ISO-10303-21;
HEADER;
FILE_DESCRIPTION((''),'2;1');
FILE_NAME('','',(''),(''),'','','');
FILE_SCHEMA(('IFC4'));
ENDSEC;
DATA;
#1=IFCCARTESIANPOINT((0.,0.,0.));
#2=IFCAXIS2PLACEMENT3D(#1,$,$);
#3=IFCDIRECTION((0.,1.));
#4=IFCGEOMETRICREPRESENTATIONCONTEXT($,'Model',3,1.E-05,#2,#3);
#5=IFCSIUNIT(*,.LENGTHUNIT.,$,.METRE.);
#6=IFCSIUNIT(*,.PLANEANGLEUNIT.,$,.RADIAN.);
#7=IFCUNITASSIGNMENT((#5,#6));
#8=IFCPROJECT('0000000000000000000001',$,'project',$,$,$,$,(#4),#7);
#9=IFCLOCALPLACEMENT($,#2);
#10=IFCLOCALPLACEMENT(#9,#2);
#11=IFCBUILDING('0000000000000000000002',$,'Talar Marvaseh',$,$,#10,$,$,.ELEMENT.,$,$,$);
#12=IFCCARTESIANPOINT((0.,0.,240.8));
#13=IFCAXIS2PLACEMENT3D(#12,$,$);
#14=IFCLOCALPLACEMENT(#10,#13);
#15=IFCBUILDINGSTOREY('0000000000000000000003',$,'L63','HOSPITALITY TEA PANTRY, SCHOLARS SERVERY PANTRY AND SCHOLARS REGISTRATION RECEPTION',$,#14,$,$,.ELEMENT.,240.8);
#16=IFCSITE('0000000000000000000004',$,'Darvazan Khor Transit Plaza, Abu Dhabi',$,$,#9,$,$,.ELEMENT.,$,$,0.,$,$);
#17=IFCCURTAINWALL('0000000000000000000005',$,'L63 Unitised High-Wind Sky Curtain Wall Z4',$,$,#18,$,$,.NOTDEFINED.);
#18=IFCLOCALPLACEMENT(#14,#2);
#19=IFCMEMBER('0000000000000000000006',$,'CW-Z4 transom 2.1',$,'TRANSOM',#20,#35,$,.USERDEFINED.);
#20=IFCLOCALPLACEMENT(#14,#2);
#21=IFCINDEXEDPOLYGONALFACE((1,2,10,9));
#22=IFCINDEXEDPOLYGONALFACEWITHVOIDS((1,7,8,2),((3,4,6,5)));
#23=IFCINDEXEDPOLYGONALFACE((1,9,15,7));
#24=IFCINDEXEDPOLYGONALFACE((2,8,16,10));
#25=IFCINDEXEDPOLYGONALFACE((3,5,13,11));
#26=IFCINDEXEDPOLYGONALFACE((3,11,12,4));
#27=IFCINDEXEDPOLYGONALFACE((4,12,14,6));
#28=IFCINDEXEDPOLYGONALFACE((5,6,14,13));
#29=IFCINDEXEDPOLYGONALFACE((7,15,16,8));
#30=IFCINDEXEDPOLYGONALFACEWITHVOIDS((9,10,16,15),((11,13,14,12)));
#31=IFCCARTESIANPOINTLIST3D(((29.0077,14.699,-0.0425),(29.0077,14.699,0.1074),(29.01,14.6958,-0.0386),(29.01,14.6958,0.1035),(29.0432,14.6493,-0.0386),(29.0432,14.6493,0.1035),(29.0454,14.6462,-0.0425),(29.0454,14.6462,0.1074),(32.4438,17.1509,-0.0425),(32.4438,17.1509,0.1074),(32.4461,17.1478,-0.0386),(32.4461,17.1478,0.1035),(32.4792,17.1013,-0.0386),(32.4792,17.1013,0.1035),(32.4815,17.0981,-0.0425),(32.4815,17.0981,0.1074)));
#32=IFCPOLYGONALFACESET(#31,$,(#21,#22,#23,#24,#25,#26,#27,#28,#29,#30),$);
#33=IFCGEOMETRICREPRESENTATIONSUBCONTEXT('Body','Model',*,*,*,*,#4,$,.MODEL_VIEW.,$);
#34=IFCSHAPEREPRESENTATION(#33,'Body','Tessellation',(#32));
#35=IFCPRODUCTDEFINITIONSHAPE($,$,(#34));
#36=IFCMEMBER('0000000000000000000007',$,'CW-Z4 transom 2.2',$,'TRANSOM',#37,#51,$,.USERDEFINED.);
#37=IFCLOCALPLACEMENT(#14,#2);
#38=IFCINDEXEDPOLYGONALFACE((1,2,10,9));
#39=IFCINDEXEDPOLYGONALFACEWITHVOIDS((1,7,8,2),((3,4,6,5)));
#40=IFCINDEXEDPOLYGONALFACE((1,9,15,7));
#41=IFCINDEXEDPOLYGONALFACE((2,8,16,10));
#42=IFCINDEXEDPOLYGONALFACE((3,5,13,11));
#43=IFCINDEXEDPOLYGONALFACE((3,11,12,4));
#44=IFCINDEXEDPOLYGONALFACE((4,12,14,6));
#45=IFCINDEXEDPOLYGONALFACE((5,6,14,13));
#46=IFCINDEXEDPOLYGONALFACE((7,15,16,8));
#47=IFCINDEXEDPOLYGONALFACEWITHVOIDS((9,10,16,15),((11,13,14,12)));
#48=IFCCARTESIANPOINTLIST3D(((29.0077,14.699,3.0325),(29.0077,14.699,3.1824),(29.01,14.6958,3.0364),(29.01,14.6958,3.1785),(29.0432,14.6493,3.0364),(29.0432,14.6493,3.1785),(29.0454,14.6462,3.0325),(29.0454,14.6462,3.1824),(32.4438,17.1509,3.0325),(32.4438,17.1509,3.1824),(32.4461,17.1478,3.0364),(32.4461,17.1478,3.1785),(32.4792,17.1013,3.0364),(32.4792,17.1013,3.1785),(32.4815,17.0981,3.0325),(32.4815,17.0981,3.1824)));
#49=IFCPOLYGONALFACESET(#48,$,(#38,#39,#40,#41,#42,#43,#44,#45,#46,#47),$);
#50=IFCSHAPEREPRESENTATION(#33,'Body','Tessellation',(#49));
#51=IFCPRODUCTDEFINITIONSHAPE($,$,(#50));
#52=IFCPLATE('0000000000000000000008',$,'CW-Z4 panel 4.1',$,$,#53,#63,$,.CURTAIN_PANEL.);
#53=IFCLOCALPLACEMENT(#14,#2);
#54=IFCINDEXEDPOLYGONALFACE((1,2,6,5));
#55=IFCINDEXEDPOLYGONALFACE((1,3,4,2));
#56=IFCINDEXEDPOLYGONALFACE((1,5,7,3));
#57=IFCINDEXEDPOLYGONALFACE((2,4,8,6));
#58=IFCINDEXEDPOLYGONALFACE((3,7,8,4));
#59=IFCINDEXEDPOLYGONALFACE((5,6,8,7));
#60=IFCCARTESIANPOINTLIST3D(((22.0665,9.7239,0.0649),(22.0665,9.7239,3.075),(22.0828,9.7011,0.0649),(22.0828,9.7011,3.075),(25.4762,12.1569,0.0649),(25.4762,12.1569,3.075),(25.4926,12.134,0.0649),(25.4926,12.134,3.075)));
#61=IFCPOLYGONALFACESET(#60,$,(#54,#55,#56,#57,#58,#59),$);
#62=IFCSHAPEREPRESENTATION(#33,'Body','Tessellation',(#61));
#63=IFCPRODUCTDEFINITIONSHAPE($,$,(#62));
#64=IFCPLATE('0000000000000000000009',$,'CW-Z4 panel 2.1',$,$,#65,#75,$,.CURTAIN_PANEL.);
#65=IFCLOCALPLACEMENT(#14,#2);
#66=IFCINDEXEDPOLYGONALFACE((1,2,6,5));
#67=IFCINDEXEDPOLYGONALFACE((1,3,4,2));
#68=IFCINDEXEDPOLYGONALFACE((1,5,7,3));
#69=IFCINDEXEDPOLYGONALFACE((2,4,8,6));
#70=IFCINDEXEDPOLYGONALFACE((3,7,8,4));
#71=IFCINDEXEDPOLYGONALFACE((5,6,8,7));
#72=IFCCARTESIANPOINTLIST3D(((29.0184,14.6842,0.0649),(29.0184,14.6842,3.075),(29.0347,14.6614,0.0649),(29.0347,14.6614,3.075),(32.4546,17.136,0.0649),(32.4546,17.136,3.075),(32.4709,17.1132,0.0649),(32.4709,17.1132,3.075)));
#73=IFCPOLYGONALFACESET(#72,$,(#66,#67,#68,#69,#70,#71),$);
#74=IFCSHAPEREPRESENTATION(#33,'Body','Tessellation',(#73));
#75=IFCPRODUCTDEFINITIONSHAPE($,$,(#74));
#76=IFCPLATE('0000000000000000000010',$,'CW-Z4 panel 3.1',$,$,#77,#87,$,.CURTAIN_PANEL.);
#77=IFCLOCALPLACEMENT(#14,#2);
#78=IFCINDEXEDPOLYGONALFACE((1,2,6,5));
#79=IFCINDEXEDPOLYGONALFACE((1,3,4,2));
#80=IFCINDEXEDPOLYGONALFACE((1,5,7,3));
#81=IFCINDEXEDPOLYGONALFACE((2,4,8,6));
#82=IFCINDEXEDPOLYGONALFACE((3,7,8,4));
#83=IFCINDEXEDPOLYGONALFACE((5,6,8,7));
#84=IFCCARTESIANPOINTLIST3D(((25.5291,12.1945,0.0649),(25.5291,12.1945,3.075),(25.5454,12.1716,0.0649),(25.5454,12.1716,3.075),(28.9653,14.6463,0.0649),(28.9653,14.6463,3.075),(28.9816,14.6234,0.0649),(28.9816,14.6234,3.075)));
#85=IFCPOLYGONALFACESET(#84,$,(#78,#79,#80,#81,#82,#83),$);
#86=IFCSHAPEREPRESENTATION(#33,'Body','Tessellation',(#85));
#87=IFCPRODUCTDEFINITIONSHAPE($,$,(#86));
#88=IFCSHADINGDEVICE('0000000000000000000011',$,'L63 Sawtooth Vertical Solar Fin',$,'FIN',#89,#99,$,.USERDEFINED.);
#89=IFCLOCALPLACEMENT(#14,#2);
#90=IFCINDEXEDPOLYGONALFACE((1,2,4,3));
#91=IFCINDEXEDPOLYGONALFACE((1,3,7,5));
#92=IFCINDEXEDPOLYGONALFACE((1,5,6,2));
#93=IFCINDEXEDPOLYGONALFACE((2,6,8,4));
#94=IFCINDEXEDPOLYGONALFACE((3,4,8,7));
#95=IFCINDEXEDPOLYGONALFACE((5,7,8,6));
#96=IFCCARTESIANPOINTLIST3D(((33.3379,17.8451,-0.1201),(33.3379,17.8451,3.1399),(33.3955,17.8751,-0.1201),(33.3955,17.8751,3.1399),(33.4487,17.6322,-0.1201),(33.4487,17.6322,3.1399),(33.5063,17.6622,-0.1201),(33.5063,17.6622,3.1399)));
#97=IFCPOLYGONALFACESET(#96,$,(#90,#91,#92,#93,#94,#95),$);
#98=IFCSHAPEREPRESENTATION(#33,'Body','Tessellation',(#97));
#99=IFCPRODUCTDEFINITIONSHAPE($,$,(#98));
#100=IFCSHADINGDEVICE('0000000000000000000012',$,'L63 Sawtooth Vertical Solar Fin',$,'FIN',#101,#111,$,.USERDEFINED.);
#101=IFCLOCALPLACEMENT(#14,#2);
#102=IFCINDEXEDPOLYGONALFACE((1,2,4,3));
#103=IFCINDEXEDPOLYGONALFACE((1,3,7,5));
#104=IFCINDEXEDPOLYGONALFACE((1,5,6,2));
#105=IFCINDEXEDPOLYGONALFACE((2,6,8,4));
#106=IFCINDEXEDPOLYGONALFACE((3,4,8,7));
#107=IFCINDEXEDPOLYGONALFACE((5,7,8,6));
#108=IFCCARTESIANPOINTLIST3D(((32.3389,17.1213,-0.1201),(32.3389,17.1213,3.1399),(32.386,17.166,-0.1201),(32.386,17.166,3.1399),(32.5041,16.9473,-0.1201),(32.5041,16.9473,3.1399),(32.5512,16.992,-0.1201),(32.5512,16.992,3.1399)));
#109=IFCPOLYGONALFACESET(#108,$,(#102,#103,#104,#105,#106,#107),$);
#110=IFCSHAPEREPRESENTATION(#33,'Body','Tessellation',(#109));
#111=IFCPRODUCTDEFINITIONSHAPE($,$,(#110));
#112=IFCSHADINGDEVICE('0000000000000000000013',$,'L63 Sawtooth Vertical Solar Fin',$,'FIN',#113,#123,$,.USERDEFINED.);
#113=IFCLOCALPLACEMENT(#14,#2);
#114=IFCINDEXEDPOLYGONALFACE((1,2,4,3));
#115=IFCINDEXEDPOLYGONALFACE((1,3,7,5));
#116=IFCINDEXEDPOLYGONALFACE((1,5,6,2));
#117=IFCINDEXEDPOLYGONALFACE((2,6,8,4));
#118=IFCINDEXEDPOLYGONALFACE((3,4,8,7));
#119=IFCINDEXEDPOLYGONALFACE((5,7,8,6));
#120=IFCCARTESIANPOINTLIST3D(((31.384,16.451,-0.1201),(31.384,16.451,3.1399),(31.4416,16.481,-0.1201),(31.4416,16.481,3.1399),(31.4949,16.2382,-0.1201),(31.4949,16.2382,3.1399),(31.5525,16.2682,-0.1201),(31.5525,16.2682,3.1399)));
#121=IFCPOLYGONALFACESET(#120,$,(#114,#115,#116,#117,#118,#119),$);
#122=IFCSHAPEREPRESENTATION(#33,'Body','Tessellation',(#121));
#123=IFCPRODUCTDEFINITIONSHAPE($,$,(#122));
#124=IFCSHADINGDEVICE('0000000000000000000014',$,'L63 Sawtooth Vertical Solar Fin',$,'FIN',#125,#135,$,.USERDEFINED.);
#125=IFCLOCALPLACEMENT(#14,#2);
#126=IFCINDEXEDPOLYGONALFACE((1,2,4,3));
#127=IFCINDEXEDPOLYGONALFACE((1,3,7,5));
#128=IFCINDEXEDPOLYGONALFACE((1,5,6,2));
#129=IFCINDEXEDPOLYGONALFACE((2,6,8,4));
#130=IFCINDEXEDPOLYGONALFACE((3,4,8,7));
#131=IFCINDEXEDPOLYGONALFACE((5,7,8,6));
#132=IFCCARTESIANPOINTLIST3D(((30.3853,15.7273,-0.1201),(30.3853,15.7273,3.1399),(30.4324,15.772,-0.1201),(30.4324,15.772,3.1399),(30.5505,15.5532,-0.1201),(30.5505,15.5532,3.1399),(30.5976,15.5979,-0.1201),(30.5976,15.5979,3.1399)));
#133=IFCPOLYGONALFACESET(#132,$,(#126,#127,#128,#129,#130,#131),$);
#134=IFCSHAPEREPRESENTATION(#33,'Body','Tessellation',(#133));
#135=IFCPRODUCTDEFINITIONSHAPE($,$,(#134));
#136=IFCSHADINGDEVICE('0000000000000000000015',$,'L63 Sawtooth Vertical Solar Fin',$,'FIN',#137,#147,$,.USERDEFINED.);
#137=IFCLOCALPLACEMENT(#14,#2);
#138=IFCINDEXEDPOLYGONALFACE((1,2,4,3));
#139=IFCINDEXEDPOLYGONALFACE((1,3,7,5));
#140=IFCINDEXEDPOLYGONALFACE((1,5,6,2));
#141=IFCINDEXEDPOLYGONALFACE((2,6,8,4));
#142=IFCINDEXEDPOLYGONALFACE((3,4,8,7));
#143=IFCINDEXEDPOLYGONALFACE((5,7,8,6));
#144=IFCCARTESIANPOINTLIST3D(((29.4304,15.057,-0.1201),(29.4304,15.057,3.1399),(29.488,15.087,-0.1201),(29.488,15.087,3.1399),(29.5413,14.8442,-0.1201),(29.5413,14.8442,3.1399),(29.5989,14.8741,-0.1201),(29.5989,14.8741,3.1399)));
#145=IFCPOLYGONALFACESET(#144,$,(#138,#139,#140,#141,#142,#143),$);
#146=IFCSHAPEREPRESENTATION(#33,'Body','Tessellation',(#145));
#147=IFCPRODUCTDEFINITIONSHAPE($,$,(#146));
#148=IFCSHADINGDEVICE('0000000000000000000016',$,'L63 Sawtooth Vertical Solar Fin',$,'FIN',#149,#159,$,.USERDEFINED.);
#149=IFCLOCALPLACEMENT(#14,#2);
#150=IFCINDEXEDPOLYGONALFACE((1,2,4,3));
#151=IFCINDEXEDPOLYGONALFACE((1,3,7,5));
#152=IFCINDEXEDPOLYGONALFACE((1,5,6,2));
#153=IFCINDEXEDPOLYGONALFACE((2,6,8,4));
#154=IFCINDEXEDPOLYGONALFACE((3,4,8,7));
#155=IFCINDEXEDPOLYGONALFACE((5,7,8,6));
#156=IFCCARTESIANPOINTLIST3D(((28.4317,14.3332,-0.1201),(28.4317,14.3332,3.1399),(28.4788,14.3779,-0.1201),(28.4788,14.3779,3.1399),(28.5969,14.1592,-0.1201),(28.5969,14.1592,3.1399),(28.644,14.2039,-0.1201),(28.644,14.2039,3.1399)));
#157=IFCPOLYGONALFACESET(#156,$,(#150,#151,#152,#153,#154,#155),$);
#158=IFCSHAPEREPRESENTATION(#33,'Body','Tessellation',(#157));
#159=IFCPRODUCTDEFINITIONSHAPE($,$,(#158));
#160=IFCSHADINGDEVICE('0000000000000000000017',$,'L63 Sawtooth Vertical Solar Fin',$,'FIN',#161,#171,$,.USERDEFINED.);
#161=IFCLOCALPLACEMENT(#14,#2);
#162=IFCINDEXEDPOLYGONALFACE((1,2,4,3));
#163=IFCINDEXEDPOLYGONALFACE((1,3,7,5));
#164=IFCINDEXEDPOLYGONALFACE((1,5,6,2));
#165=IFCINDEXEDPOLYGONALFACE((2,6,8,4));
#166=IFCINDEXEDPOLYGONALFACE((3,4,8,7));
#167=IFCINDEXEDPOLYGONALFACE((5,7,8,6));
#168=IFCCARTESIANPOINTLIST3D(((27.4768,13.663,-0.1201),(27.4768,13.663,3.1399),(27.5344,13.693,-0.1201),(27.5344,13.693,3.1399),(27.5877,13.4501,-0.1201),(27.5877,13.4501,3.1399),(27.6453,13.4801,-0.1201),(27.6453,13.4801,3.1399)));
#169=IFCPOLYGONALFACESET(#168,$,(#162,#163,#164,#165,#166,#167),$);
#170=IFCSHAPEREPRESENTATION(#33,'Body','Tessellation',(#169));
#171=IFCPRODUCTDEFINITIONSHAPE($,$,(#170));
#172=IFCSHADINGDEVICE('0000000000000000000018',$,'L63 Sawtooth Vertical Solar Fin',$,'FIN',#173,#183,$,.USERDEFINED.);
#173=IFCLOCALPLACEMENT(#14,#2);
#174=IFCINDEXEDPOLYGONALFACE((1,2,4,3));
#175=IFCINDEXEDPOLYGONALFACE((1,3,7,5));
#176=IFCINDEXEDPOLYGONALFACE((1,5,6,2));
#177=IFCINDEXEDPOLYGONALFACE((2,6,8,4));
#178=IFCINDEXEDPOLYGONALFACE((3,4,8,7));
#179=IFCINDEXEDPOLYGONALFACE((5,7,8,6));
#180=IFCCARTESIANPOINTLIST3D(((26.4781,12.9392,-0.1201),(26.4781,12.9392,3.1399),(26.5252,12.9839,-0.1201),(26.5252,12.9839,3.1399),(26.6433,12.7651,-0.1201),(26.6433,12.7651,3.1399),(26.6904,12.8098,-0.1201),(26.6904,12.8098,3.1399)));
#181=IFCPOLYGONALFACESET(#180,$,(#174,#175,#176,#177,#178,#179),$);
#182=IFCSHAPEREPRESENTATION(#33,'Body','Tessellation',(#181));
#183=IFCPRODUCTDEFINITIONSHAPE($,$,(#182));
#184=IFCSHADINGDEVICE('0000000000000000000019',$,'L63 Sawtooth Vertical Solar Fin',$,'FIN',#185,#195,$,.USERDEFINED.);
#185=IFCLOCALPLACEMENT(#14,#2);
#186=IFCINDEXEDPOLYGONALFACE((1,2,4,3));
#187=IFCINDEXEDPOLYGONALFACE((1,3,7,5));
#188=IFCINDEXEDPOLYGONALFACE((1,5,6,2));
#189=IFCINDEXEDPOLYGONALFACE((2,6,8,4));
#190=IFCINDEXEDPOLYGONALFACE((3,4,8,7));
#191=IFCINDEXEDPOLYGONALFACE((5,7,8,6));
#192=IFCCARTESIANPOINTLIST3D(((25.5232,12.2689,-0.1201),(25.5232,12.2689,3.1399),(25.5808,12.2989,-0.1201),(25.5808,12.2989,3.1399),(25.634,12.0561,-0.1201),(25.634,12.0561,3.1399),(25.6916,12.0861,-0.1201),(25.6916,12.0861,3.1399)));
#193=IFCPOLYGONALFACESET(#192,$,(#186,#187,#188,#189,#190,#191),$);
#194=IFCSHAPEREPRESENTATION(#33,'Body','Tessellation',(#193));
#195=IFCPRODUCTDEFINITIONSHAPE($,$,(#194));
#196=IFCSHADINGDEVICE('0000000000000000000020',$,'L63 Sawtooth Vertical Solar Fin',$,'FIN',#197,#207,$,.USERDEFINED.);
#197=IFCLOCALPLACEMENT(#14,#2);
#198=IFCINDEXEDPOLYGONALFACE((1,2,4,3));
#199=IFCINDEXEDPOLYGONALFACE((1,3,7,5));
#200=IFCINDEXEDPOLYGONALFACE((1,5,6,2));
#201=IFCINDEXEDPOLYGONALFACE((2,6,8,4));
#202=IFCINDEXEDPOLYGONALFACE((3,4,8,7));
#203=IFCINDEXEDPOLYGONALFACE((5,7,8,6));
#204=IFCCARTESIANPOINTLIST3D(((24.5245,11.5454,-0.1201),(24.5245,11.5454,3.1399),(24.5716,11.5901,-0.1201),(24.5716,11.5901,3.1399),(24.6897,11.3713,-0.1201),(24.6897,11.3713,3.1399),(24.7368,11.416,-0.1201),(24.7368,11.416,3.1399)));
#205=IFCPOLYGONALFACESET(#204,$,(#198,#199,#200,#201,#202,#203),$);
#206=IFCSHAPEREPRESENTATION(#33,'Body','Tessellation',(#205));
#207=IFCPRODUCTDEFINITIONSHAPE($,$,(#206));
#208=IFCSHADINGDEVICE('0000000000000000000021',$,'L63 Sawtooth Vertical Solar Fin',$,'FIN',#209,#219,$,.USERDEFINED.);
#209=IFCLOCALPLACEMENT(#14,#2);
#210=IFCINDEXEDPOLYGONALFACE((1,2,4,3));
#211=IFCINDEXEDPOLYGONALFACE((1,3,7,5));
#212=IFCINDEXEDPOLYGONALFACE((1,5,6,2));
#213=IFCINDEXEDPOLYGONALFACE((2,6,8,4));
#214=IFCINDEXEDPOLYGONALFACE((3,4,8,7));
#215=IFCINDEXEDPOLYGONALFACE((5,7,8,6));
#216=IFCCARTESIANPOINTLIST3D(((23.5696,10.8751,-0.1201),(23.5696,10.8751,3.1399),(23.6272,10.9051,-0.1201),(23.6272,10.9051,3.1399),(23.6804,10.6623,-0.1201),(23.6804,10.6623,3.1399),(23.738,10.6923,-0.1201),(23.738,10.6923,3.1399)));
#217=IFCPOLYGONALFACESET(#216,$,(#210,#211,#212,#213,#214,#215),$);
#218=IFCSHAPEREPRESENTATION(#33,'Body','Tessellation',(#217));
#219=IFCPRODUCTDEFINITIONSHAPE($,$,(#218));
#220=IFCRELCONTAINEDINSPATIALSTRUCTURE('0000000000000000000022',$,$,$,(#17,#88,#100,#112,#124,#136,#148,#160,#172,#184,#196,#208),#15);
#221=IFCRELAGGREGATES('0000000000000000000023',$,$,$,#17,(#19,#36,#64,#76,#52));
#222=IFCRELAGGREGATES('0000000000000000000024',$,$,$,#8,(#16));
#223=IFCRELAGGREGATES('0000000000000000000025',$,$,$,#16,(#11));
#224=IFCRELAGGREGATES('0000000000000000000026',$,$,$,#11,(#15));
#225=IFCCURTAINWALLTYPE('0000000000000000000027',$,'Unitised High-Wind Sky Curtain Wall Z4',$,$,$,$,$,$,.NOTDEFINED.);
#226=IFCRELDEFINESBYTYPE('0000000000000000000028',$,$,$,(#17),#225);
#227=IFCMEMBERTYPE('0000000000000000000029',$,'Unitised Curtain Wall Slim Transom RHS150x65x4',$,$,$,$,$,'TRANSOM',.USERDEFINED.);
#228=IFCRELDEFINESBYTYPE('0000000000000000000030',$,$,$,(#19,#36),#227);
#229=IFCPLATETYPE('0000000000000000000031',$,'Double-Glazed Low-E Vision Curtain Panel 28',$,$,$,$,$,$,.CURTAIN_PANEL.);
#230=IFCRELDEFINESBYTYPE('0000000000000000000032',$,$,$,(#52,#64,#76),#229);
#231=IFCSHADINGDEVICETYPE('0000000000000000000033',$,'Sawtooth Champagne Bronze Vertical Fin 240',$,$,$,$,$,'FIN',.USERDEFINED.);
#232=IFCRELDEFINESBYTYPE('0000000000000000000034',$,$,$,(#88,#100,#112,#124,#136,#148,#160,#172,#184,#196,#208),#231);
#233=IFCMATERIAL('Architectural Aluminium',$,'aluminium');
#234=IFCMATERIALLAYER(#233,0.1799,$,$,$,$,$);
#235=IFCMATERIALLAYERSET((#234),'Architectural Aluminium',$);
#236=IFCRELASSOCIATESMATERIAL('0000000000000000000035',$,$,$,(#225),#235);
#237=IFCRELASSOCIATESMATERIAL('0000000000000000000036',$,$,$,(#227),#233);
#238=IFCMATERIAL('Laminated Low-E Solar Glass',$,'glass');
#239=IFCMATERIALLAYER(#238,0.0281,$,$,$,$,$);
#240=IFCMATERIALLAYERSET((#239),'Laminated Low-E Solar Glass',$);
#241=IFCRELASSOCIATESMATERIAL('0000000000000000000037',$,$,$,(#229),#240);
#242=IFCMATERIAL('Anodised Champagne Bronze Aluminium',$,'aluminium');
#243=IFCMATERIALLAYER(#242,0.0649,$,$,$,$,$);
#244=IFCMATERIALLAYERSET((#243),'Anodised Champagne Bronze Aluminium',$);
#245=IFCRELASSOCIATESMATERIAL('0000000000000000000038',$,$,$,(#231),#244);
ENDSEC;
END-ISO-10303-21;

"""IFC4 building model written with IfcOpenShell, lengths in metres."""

from ifc_helpers import new_model, si_unit, direction, frame, origin, origin_2d, place, context, subcontext, project, spatial, rectangle, hollow_rectangle, extrude, source, transform, mapped, material, layer, layer_set, material_profile, profile_set, type_object, type_shapes, element, aggregate, save


model = new_model("IFC4")

# Units and contexts
model_context = context("Model", 3, precision=1e-05, world=origin(), true_north=direction((0.0, 1.0)))
body_context = subcontext(model_context, "Body", "Model", "MODEL_VIEW")
ifc_project = project(units=[si_unit("LENGTHUNIT", "METRE"), si_unit("PLANEANGLEUNIT", "RADIAN")], contexts=[model_context])

# Site, building, storey
site_placement = place(None, origin())
site = spatial("IfcSite", under=ifc_project, at=site_placement, Name="Darvazan Khor Transit Plaza, Abu Dhabi", CompositionType="ELEMENT", RefElevation=0.0)
building_placement = place(site_placement, origin())
building = spatial("IfcBuilding", under=site, at=building_placement, Name="Talar Marvaseh", CompositionType="ELEMENT")
storey_placement = place(building_placement, frame((0.0, 0.0, 240.8)))
storey = spatial("IfcBuildingStorey", under=building, at=storey_placement, Name="L63", Description="HOSPITALITY TEA PANTRY, SCHOLARS SERVERY PANTRY AND SCHOLARS REGISTRATION RECEPTION", CompositionType="ELEMENT", Elevation=240.8)

# Curtain wall, members, plates
ifc_material_1 = material(Name="Architectural Aluminium", Category="aluminium")
ifc_layer_1 = layer(ifc_material_1, 0.1799)
ifc_layer_set_1 = layer_set([ifc_layer_1], Name="Architectural Aluminium")
curtain_wall_type = type_object("IfcCurtainWallType", Name="Unitised High-Wind Sky Curtain Wall Z4", PredefinedType="NOTDEFINED", material=ifc_layer_set_1)
curtain_wall_placement = place(storey_placement, origin())
curtain_wall = element("IfcCurtainWall", 1, at=curtain_wall_placement, inside=storey, type_object=curtain_wall_type, Name="L63 Unitised High-Wind Sky Curtain Wall Z4", PredefinedType="NOTDEFINED")
ifc_material_profile_1 = material_profile(ifc_material_1, hollow_rectangle(XDim=0.0649, YDim=0.1499, WallThickness=0.0039, at=origin_2d()), Name="RHS150x65x4")
ifc_profile_set_1 = profile_set([ifc_material_profile_1], Name="Architectural Aluminium")
member_type_1 = type_object("IfcMemberType", Name="Unitised Curtain Wall Slim Transom RHS150x65x4", ElementType="TRANSOM", PredefinedType="USERDEFINED", material=ifc_profile_set_1)
shared_shape_1 = source(origin(), body_context, "Body", "SweptSolid", [
    extrude(hollow_rectangle(XDim=0.0649, YDim=0.1499, WallThickness=0.0039, at=origin_2d()), origin(), (0.0, 0.0, 1.0), 4.2212),
])
member_1_placement = place(storey_placement, frame((32.4626, 17.1245, 0.0325), z_axis=(-0.814003, -0.580861, 0.0), x_axis=(0.580861, -0.814003, 0.0)))
member_1 = element("IfcMember", 2, at=member_1_placement, type_object=member_type_1, Name="CW-Z4 transom 2.1", ObjectType="TRANSOM", PredefinedType="USERDEFINED", context=body_context, shape_type="MappedRepresentation", body=[
    mapped(shared_shape_1, transform((0.0, 0.0, 0.0), x_axis=(1.0, 0.0, 0.0), y_axis=(0.0, 1.0, 0.0), z_axis=(0.0, 0.0, 1.0), scale=1.0)),
])
member_2_placement = place(storey_placement, frame((32.4626, 17.1245, 3.1074), z_axis=(-0.814003, -0.580861, 0.0), x_axis=(0.580861, -0.814003, 0.0)))
member_2 = element("IfcMember", 3, at=member_2_placement, type_object=member_type_1, Name="CW-Z4 transom 2.2", ObjectType="TRANSOM", PredefinedType="USERDEFINED", context=body_context, shape_type="MappedRepresentation", body=[
    mapped(shared_shape_1, transform((0.0, 0.0, 0.0), x_axis=(1.0, 0.0, 0.0), y_axis=(0.0, 1.0, 0.0), z_axis=(0.0, 0.0, 1.0), scale=1.0)),
])
ifc_material_2 = material(Name="Laminated Low-E Solar Glass", Category="glass")
ifc_layer_2 = layer(ifc_material_2, 0.0281)
ifc_layer_set_2 = layer_set([ifc_layer_2], Name="Laminated Low-E Solar Glass")
plate_type = type_object("IfcPlateType", Name="Double-Glazed Low-E Vision Curtain Panel 28", PredefinedType="CURTAIN_PANEL", material=ifc_layer_set_2)
shared_shape_2 = source(origin(), body_context, "Body", "SweptSolid", [
    extrude(rectangle(XDim=4.1887, YDim=0.0281, at=origin_2d()), origin(), (0.0, 0.0, 1.0), 3.01),
])
plate_1_placement = place(storey_placement, frame((23.7795, 10.929, 0.0649), z_axis=(0.0, 0.0, 1.0), x_axis=(-0.814024, -0.580831, 0.0)))
plate_1 = element("IfcPlate", 4, at=plate_1_placement, type_object=plate_type, Name="CW-Z4 panel 4.1", PredefinedType="CURTAIN_PANEL", context=body_context, shape_type="MappedRepresentation", body=[
    mapped(shared_shape_2, transform((0.0, 0.0, 0.0), x_axis=(1.0, 0.0, 0.0), y_axis=(0.0, 1.0, 0.0), z_axis=(0.0, 0.0, 1.0), scale=1.0)),
])
shared_shape_3 = source(origin(), body_context, "Body", "SweptSolid", [
    extrude(rectangle(XDim=4.2212, YDim=0.0281, at=origin_2d()), origin(), (0.0, 0.0, 1.0), 3.01),
])
type_shapes(plate_type, [shared_shape_2, shared_shape_3])
plate_2_placement = place(storey_placement, frame((30.7446, 15.8987, 0.0649), z_axis=(0.0, 0.0, 1.0), x_axis=(-0.814024, -0.580831, 0.0)))
plate_2 = element("IfcPlate", 5, at=plate_2_placement, type_object=plate_type, Name="CW-Z4 panel 2.1", PredefinedType="CURTAIN_PANEL", context=body_context, shape_type="MappedRepresentation", body=[
    mapped(shared_shape_3, transform((0.0, 0.0, 0.0), x_axis=(1.0, 0.0, 0.0), y_axis=(0.0, 1.0, 0.0), z_axis=(0.0, 0.0, 1.0), scale=1.0)),
])
plate_3_placement = place(storey_placement, frame((27.2554, 13.4089, 0.0649), z_axis=(0.0, 0.0, 1.0), x_axis=(-0.814024, -0.580831, 0.0)))
plate_3 = element("IfcPlate", 6, at=plate_3_placement, type_object=plate_type, Name="CW-Z4 panel 3.1", PredefinedType="CURTAIN_PANEL", context=body_context, shape_type="MappedRepresentation", body=[
    mapped(shared_shape_3, transform((0.0, 0.0, 0.0), x_axis=(1.0, 0.0, 0.0), y_axis=(0.0, 1.0, 0.0), z_axis=(0.0, 0.0, 1.0), scale=1.0)),
])
aggregate(curtain_wall, [member_1, member_2, plate_2, plate_3, plate_1])

# Shading devices
ifc_material_3 = material(Name="Anodised Champagne Bronze Aluminium", Category="aluminium")
ifc_layer_3 = layer(ifc_material_3, 0.0649)
ifc_layer_set_3 = layer_set([ifc_layer_3], Name="Anodised Champagne Bronze Aluminium")
shading_device_type = type_object("IfcShadingDeviceType", Name="Sawtooth Champagne Bronze Vertical Fin 240", ElementType="FIN", PredefinedType="USERDEFINED", material=ifc_layer_set_3)
shared_shape_4 = source(origin(), body_context, "Body", "SweptSolid", [
    extrude(rectangle(XDim=0.24, YDim=0.0649, at=origin_2d()), origin(), (0.0, 0.0, 1.0), 3.26),
])
type_shapes(shading_device_type, [shared_shape_4])
for number, where, z_axis, x_axis, name in (
    (7, (33.4221, 17.7537, -0.1201), (0.0, 0.0, 1.0), (0.461903, -0.88693, 0.0), "L63 Sawtooth Vertical Solar Fin"),
    (8, (32.4451, 17.0566, -0.1201), (0.0, 0.0, 1.0), (0.688481, -0.725254, 0.0), "L63 Sawtooth Vertical Solar Fin"),
    (9, (31.4683, 16.3596, -0.1201), (0.0, 0.0, 1.0), (0.461903, -0.88693, 0.0), "L63 Sawtooth Vertical Solar Fin"),
    (10, (30.4915, 15.6626, -0.1201), (0.0, 0.0, 1.0), (0.688481, -0.725254, 0.0), "L63 Sawtooth Vertical Solar Fin"),
    (11, (29.5146, 14.9656, -0.1201), (0.0, 0.0, 1.0), (0.461903, -0.88693, 0.0), "L63 Sawtooth Vertical Solar Fin"),
    (12, (28.5378, 14.2686, -0.1201), (0.0, 0.0, 1.0), (0.688481, -0.725254, 0.0), "L63 Sawtooth Vertical Solar Fin"),
    (13, (27.561, 13.5715, -0.1201), (0.0, 0.0, 1.0), (0.461903, -0.88693, 0.0), "L63 Sawtooth Vertical Solar Fin"),
    (14, (26.5842, 12.8745, -0.1201), (0.0, 0.0, 1.0), (0.688481, -0.725254, 0.0), "L63 Sawtooth Vertical Solar Fin"),
    (15, (25.6074, 12.1775, -0.1201), (0.0, 0.0, 1.0), (0.461903, -0.88693, 0.0), "L63 Sawtooth Vertical Solar Fin"),
    (16, (24.6306, 11.4807, -0.1201), (0.0, 0.0, 1.0), (0.688481, -0.725254, 0.0), "L63 Sawtooth Vertical Solar Fin"),
    (17, (23.6538, 10.7837, -0.1201), (0.0, 0.0, 1.0), (0.461903, -0.88693, 0.0), "L63 Sawtooth Vertical Solar Fin"),
):
    element("IfcShadingDevice", number, at=place(storey_placement, frame(where, z_axis=z_axis, x_axis=x_axis)), inside=storey, type_object=shading_device_type, Name=name, ObjectType="FIN", PredefinedType="USERDEFINED", context=body_context, shape_type="MappedRepresentation", body=[
        mapped(shared_shape_4, transform((0.0, 0.0, 0.0), x_axis=(1.0, 0.0, 0.0), y_axis=(0.0, 1.0, 0.0), z_axis=(0.0, 0.0, 1.0), scale=1.0)),
    ])

save(model, "model.ifc")
